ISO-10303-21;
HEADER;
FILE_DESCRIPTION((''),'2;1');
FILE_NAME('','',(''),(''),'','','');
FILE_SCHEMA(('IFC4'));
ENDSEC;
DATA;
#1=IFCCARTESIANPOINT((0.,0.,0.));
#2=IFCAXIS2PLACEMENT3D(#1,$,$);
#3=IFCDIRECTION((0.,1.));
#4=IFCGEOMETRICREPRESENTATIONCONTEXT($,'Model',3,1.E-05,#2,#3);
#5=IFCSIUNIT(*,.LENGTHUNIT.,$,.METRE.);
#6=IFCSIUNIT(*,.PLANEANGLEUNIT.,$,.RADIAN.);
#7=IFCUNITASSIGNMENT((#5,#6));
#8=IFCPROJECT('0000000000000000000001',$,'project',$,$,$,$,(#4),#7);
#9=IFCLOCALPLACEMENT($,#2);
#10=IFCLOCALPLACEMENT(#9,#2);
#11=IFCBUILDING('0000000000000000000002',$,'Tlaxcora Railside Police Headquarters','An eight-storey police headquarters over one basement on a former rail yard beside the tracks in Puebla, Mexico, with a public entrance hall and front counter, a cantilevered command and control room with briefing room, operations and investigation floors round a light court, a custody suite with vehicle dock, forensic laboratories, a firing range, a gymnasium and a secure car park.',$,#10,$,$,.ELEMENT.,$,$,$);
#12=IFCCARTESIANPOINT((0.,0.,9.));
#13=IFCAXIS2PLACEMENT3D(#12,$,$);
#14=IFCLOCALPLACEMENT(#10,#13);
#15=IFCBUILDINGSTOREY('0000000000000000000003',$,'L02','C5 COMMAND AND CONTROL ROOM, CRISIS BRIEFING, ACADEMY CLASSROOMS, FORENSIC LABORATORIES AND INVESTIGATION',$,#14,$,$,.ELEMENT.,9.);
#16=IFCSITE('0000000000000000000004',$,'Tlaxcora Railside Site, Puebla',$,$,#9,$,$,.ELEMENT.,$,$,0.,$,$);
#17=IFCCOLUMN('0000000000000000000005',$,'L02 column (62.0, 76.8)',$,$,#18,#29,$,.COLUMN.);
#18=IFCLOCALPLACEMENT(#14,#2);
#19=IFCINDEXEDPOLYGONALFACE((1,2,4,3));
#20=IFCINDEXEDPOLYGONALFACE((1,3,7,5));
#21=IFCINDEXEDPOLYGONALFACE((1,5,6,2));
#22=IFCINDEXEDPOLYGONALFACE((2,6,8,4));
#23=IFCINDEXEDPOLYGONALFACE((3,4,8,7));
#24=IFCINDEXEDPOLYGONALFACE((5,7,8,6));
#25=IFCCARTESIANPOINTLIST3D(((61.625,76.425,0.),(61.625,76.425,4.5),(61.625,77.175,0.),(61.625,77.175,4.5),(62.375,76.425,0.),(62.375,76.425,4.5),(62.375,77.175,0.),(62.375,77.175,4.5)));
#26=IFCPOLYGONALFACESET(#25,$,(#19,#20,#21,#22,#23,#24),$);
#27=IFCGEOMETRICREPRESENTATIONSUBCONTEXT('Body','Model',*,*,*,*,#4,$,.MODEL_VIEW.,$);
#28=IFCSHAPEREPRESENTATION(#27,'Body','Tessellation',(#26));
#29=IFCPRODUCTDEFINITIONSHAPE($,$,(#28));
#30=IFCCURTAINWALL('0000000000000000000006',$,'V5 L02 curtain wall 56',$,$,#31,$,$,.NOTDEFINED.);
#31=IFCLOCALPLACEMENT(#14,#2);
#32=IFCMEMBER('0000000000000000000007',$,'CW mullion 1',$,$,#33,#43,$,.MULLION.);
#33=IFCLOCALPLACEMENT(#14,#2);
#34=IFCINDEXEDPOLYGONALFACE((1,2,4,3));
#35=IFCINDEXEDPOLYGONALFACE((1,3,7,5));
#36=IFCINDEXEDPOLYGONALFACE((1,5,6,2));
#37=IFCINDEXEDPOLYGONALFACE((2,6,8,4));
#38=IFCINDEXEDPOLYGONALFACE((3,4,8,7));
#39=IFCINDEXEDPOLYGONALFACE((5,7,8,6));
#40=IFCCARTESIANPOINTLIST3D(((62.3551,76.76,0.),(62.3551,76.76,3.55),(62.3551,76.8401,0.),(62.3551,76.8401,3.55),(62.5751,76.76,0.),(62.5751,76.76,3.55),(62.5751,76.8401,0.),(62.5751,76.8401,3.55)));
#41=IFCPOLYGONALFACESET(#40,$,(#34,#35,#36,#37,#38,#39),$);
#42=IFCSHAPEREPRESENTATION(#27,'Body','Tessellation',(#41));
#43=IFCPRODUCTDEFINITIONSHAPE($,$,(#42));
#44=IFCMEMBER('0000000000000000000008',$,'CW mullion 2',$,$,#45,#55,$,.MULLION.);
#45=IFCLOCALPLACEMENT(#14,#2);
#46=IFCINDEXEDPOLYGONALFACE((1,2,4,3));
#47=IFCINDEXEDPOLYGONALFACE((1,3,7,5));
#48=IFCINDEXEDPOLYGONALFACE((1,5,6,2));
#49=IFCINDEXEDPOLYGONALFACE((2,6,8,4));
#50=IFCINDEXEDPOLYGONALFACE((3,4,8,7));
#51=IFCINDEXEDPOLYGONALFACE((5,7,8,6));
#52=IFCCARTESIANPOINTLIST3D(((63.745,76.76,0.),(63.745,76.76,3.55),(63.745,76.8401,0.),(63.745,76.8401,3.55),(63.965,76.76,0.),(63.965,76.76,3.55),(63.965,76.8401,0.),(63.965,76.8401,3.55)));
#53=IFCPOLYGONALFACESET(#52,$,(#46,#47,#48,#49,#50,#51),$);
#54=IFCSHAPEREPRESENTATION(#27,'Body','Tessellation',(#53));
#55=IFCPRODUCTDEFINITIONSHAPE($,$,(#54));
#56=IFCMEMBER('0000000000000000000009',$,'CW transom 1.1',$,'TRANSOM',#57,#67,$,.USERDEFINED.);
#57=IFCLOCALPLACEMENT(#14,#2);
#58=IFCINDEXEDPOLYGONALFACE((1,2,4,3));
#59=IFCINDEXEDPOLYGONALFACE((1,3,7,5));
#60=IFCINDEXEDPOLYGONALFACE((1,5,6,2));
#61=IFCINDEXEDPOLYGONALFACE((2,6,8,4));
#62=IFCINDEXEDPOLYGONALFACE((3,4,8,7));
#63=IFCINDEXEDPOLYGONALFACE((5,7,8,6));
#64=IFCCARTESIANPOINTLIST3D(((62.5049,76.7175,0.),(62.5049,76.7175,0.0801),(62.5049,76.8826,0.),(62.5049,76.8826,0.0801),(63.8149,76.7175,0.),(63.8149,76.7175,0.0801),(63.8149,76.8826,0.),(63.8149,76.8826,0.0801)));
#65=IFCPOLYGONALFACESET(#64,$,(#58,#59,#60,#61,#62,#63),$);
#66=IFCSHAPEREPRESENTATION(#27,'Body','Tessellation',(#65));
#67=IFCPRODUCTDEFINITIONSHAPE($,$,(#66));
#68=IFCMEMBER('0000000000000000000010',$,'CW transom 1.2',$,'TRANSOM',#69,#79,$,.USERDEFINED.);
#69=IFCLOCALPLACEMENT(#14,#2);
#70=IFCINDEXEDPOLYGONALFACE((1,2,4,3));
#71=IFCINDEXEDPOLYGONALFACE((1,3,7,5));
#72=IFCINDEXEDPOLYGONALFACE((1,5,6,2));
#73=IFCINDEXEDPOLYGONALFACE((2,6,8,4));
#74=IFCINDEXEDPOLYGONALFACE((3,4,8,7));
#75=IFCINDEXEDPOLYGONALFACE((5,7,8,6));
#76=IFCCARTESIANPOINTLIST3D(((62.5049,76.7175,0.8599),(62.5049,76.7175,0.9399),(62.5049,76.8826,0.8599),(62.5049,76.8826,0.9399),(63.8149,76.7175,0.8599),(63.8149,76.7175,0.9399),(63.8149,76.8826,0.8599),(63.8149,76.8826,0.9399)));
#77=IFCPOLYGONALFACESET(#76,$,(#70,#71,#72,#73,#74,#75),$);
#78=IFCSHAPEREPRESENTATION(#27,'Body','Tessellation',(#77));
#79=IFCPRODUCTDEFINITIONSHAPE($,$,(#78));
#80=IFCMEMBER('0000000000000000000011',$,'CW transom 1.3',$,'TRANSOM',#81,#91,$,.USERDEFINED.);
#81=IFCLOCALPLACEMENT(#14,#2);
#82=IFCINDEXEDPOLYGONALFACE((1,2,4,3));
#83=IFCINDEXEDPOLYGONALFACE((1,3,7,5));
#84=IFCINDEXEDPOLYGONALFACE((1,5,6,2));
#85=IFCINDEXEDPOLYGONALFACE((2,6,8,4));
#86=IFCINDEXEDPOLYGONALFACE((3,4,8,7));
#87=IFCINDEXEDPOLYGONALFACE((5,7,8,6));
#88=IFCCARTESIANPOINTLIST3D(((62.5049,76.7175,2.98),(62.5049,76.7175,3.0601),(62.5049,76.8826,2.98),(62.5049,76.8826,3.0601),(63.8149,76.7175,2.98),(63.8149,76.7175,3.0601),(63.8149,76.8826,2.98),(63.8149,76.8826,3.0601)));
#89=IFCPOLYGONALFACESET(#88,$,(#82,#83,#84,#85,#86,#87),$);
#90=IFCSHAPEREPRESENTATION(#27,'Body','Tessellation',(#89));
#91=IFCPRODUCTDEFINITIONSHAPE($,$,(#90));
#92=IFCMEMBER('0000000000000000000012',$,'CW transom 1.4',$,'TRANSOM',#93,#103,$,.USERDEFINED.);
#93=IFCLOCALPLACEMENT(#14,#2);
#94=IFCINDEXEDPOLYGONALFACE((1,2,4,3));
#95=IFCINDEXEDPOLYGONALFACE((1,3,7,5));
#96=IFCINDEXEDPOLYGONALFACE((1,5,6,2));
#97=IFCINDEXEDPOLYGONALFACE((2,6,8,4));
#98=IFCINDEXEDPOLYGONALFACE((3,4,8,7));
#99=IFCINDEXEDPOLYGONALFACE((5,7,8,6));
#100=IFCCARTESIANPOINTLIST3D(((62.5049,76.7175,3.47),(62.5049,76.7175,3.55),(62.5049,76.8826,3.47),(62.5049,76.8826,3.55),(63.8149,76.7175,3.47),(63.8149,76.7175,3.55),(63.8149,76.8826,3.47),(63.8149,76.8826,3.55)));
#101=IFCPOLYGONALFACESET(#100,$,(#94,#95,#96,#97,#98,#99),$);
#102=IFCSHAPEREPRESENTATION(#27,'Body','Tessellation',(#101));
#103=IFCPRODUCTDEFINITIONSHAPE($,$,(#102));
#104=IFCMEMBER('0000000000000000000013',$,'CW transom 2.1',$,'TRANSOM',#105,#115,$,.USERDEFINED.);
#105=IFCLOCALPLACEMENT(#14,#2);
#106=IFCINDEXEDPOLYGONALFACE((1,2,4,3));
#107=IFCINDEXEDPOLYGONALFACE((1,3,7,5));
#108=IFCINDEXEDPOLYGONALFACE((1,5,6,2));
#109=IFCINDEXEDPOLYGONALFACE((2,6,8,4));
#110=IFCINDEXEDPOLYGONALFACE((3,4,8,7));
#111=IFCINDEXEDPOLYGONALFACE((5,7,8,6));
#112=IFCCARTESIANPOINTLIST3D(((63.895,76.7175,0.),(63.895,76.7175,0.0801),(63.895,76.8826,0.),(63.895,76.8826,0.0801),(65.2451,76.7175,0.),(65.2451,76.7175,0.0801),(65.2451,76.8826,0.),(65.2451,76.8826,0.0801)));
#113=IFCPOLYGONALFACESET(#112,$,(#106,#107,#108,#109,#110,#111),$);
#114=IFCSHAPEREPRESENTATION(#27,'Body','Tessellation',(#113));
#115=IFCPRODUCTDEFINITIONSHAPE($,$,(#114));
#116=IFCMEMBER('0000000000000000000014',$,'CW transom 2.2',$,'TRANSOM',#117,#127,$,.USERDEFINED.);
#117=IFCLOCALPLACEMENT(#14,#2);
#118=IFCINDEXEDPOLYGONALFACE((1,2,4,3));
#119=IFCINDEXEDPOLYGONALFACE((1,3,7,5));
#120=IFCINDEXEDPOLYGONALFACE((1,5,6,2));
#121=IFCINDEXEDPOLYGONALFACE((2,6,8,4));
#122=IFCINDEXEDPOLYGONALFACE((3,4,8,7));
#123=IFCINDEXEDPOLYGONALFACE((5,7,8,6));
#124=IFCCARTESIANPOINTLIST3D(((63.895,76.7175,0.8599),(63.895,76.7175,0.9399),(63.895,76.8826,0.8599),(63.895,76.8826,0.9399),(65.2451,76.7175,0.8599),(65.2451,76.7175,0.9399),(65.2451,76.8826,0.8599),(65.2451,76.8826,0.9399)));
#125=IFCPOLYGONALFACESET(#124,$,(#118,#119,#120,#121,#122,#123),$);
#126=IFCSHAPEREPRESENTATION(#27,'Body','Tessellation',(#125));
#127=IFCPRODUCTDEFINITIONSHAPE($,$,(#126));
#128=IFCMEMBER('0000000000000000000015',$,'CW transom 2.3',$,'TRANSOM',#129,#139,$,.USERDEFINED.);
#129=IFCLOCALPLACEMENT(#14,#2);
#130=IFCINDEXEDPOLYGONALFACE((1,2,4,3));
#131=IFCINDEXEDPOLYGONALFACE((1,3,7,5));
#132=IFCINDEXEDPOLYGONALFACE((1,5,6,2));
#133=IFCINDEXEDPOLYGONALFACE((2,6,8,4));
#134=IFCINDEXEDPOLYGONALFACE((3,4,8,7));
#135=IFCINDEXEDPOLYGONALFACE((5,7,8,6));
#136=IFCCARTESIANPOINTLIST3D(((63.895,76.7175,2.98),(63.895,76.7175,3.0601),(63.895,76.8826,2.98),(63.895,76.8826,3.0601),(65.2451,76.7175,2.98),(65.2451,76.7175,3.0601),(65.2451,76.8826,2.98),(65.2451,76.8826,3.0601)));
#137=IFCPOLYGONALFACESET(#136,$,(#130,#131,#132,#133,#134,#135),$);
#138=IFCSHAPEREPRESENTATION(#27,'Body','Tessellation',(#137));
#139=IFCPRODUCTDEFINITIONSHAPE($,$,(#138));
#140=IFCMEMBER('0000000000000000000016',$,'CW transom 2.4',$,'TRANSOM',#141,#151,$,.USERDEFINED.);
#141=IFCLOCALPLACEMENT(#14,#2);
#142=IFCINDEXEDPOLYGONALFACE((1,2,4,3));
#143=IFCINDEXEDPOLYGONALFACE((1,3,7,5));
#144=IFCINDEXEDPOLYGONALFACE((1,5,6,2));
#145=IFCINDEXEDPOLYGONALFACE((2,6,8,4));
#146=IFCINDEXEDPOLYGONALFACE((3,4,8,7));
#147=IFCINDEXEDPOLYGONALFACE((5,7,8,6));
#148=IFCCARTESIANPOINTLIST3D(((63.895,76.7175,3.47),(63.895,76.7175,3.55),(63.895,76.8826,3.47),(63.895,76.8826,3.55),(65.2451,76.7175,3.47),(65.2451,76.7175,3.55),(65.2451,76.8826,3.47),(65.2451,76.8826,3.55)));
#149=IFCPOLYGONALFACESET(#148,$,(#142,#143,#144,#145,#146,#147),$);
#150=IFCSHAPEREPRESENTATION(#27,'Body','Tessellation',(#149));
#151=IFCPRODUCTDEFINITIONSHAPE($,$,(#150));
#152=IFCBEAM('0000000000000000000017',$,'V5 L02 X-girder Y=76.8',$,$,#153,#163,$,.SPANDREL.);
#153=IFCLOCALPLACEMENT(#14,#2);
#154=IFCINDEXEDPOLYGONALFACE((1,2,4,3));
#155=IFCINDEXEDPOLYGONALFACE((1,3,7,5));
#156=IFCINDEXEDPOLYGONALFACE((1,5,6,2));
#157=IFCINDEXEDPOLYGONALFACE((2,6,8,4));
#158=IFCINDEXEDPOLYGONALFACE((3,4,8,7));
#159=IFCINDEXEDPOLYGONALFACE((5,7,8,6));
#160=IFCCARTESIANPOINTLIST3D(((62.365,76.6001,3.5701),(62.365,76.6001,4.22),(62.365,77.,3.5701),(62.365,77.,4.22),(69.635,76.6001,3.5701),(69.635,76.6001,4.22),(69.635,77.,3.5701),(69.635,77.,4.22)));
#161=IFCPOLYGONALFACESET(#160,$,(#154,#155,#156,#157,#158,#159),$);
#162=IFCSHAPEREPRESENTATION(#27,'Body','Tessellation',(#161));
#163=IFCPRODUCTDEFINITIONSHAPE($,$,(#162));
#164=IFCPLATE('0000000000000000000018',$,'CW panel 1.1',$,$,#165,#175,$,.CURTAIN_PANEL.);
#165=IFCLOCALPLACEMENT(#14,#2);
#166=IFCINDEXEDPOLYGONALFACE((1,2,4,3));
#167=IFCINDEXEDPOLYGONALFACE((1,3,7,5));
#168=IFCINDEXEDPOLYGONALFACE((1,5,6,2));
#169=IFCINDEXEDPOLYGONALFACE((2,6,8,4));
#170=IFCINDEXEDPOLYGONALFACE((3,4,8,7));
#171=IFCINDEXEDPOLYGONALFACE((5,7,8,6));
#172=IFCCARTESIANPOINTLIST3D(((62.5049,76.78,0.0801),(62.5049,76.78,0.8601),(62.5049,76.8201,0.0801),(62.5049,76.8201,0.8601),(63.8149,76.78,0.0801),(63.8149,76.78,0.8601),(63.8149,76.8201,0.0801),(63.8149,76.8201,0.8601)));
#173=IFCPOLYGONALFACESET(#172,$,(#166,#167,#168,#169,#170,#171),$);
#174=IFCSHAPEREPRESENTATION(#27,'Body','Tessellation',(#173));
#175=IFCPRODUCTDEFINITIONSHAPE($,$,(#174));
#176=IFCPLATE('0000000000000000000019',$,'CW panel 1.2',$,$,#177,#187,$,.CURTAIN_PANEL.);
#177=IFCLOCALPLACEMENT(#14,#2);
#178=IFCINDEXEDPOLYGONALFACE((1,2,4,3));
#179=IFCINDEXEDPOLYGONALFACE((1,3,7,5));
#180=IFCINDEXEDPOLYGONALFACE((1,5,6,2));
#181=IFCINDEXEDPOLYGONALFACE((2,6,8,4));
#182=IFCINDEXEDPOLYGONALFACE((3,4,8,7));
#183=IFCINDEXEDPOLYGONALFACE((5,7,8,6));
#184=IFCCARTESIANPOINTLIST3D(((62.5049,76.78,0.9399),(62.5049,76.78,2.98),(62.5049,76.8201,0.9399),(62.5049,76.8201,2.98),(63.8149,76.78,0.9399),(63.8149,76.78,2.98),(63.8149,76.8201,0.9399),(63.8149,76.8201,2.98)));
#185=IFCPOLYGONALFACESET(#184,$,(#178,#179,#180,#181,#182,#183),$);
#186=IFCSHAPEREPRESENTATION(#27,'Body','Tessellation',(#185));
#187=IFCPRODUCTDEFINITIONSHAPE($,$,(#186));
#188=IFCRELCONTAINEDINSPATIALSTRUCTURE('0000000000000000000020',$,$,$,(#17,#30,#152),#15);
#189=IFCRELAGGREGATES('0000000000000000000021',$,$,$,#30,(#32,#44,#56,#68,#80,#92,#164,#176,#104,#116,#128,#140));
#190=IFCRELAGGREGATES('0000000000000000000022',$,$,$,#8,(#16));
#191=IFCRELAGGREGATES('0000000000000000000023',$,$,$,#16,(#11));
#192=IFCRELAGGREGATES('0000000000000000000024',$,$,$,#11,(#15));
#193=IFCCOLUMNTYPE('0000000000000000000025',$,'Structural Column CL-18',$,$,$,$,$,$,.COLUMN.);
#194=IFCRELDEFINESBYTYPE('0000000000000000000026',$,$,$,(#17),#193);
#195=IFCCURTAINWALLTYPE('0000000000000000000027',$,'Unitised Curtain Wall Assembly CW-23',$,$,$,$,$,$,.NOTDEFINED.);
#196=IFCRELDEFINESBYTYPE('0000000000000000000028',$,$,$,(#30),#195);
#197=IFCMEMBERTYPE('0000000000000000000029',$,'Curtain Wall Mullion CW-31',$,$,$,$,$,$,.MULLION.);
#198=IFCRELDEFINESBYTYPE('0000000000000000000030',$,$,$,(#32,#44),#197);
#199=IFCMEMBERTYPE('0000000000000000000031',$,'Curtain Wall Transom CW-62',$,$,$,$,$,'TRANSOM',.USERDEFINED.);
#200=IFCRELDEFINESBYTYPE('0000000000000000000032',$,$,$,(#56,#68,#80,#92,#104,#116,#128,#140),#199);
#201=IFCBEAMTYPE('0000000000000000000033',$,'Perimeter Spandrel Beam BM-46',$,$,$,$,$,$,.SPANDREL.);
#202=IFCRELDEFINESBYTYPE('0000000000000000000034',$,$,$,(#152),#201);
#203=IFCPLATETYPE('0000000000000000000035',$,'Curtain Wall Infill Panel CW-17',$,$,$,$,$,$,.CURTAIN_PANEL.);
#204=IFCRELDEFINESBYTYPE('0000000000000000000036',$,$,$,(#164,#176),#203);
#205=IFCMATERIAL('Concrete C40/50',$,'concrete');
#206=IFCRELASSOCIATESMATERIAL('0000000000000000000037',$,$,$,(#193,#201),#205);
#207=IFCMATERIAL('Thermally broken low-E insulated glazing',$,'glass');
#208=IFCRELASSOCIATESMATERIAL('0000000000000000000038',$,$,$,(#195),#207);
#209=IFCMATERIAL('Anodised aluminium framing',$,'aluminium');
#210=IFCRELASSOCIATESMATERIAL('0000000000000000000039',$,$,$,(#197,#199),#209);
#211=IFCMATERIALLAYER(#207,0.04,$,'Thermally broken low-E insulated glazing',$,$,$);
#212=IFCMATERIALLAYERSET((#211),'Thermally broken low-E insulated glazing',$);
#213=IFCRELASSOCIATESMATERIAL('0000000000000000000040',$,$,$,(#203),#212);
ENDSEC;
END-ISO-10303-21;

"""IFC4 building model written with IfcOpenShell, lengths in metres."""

from ifc_helpers import new_model, si_unit, direction, frame, origin, origin_2d, place, context, subcontext, project, spatial, rectangle, extrude, material, layer, layer_set, material_profile, profile_set, type_object, element, aggregate, save


model = new_model("IFC4")

# Units and contexts
model_context = context("Model", 3, precision=1e-05, world=origin(), true_north=direction((0.0, 1.0)))
body_context = subcontext(model_context, "Body", "Model", "MODEL_VIEW")
ifc_project = project(units=[si_unit("LENGTHUNIT", "METRE"), si_unit("PLANEANGLEUNIT", "RADIAN")], contexts=[model_context])

# Site, building, storey
site_placement = place(None, origin())
site = spatial("IfcSite", under=ifc_project, at=site_placement, Name="Tlaxcora Railside Site, Puebla", CompositionType="ELEMENT", RefElevation=0.0)
building_placement = place(site_placement, origin())
building = spatial("IfcBuilding", under=site, at=building_placement, Name="Tlaxcora Railside Police Headquarters", Description="An eight-storey police headquarters over one basement on a former rail yard beside the tracks in Puebla, Mexico, with a public entrance hall and front counter, a cantilevered command and control room with briefing room, operations and investigation floors round a light court, a custody suite with vehicle dock, forensic laboratories, a firing range, a gymnasium and a secure car park.", CompositionType="ELEMENT")
storey_placement = place(building_placement, frame((0.0, 0.0, 9.0)))
storey = spatial("IfcBuildingStorey", under=building, at=storey_placement, Name="L02", Description="C5 COMMAND AND CONTROL ROOM, CRISIS BRIEFING, ACADEMY CLASSROOMS, FORENSIC LABORATORIES AND INVESTIGATION", CompositionType="ELEMENT", Elevation=9.0)

# Column
ifc_material_1 = material(Name="Concrete C40/50", Category="concrete")
ifc_material_profile_1 = material_profile(ifc_material_1, rectangle(XDim=0.75, YDim=0.75, at=origin_2d()), Name="RC750X750")
ifc_profile_set_1 = profile_set([ifc_material_profile_1], Name="Concrete C40/50")
column_type = type_object("IfcColumnType", Name="Structural Column CL-18", PredefinedType="COLUMN", material=ifc_profile_set_1)
column_placement = place(storey_placement, frame((62.0, 76.8, 0.0), z_axis=(0.0, 0.0, 1.0), x_axis=(1.0, 0.0, 0.0)))
element("IfcColumn", 1, at=column_placement, inside=storey, type_object=column_type, Name="L02 column (62.0, 76.8)", PredefinedType="COLUMN", context=body_context, shape_type="SweptSolid", body=[
    extrude(rectangle(XDim=0.75, YDim=0.75, at=origin_2d()), origin(), (0.0, 0.0, 1.0), 4.5),
])

# Curtain wall, members
ifc_material_2 = material(Name="Thermally broken low-E insulated glazing", Category="glass")
curtain_wall_type = type_object("IfcCurtainWallType", Name="Unitised Curtain Wall Assembly CW-23", PredefinedType="NOTDEFINED", material=ifc_material_2)
curtain_wall_placement = place(storey_placement, origin())
curtain_wall = element("IfcCurtainWall", 2, at=curtain_wall_placement, inside=storey, type_object=curtain_wall_type, Name="V5 L02 curtain wall 56", PredefinedType="NOTDEFINED")
ifc_material_3 = material(Name="Anodised aluminium framing", Category="aluminium")
ifc_material_profile_2 = material_profile(ifc_material_3, rectangle(XDim=0.0801, YDim=0.22, at=origin_2d()), Name="AL80X220")
ifc_profile_set_2 = profile_set([ifc_material_profile_2], Name="Anodised aluminium framing")
member_type_1 = type_object("IfcMemberType", Name="Curtain Wall Mullion CW-31", PredefinedType="MULLION", material=ifc_profile_set_2)
member_1_placement = place(storey_placement, frame((62.4651, 76.8, 0.0), z_axis=(0.0, 0.0, 1.0), x_axis=(0.0, 1.0, 0.0)))
member_1 = element("IfcMember", 3, at=member_1_placement, type_object=member_type_1, Name="CW mullion 1", PredefinedType="MULLION", context=body_context, shape_type="SweptSolid", body=[
    extrude(rectangle(XDim=0.0801, YDim=0.22, at=origin_2d()), origin(), (0.0, 0.0, 1.0), 3.55),
])
member_2_placement = place(storey_placement, frame((63.855, 76.8, 0.0), z_axis=(0.0, 0.0, 1.0), x_axis=(0.0, 1.0, 0.0)))
member_2 = element("IfcMember", 4, at=member_2_placement, type_object=member_type_1, Name="CW mullion 2", PredefinedType="MULLION", context=body_context, shape_type="SweptSolid", body=[
    extrude(rectangle(XDim=0.0801, YDim=0.22, at=origin_2d()), origin(), (0.0, 0.0, 1.0), 3.55),
])
ifc_material_profile_3 = material_profile(ifc_material_3, rectangle(XDim=0.165, YDim=0.0801, at=origin_2d()), Name="AL80X165")
ifc_profile_set_3 = profile_set([ifc_material_profile_3], Name="Anodised aluminium framing")
member_type_2 = type_object("IfcMemberType", Name="Curtain Wall Transom CW-62", ElementType="TRANSOM", PredefinedType="USERDEFINED", material=ifc_profile_set_3)
member_3_placement = place(storey_placement, frame((62.5049, 76.8, 0.04), z_axis=(1.0, 0.0, 0.0), x_axis=(0.0, 1.0, 0.0)))
member_3 = element("IfcMember", 5, at=member_3_placement, type_object=member_type_2, Name="CW transom 1.1", ObjectType="TRANSOM", PredefinedType="USERDEFINED", context=body_context, shape_type="SweptSolid", body=[
    extrude(rectangle(XDim=0.165, YDim=0.0801, at=origin_2d()), origin(), (0.0, 0.0, 1.0), 1.3101),
])
member_4_placement = place(storey_placement, frame((62.5049, 76.8, 0.8999), z_axis=(1.0, 0.0, 0.0), x_axis=(0.0, 1.0, 0.0)))
member_4 = element("IfcMember", 6, at=member_4_placement, type_object=member_type_2, Name="CW transom 1.2", ObjectType="TRANSOM", PredefinedType="USERDEFINED", context=body_context, shape_type="SweptSolid", body=[
    extrude(rectangle(XDim=0.165, YDim=0.0801, at=origin_2d()), origin(), (0.0, 0.0, 1.0), 1.3101),
])
member_5_placement = place(storey_placement, frame((62.5049, 76.8, 3.02), z_axis=(1.0, 0.0, 0.0), x_axis=(0.0, 1.0, 0.0)))
member_5 = element("IfcMember", 7, at=member_5_placement, type_object=member_type_2, Name="CW transom 1.3", ObjectType="TRANSOM", PredefinedType="USERDEFINED", context=body_context, shape_type="SweptSolid", body=[
    extrude(rectangle(XDim=0.165, YDim=0.0801, at=origin_2d()), origin(), (0.0, 0.0, 1.0), 1.3101),
])
member_6_placement = place(storey_placement, frame((62.5049, 76.8, 3.51), z_axis=(1.0, 0.0, 0.0), x_axis=(0.0, 1.0, 0.0)))
member_6 = element("IfcMember", 8, at=member_6_placement, type_object=member_type_2, Name="CW transom 1.4", ObjectType="TRANSOM", PredefinedType="USERDEFINED", context=body_context, shape_type="SweptSolid", body=[
    extrude(rectangle(XDim=0.165, YDim=0.0801, at=origin_2d()), origin(), (0.0, 0.0, 1.0), 1.3101),
])
member_7_placement = place(storey_placement, frame((63.895, 76.8, 0.04), z_axis=(1.0, 0.0, 0.0), x_axis=(0.0, 1.0, 0.0)))
member_7 = element("IfcMember", 9, at=member_7_placement, type_object=member_type_2, Name="CW transom 2.1", ObjectType="TRANSOM", PredefinedType="USERDEFINED", context=body_context, shape_type="SweptSolid", body=[
    extrude(rectangle(XDim=0.165, YDim=0.0801, at=origin_2d()), origin(), (0.0, 0.0, 1.0), 1.3501),
])
member_8_placement = place(storey_placement, frame((63.895, 76.8, 0.8999), z_axis=(1.0, 0.0, 0.0), x_axis=(0.0, 1.0, 0.0)))
member_8 = element("IfcMember", 10, at=member_8_placement, type_object=member_type_2, Name="CW transom 2.2", ObjectType="TRANSOM", PredefinedType="USERDEFINED", context=body_context, shape_type="SweptSolid", body=[
    extrude(rectangle(XDim=0.165, YDim=0.0801, at=origin_2d()), origin(), (0.0, 0.0, 1.0), 1.3501),
])
member_9_placement = place(storey_placement, frame((63.895, 76.8, 3.02), z_axis=(1.0, 0.0, 0.0), x_axis=(0.0, 1.0, 0.0)))
member_9 = element("IfcMember", 11, at=member_9_placement, type_object=member_type_2, Name="CW transom 2.3", ObjectType="TRANSOM", PredefinedType="USERDEFINED", context=body_context, shape_type="SweptSolid", body=[
    extrude(rectangle(XDim=0.165, YDim=0.0801, at=origin_2d()), origin(), (0.0, 0.0, 1.0), 1.3501),
])
member_10_placement = place(storey_placement, frame((63.895, 76.8, 3.51), z_axis=(1.0, 0.0, 0.0), x_axis=(0.0, 1.0, 0.0)))
member_10 = element("IfcMember", 12, at=member_10_placement, type_object=member_type_2, Name="CW transom 2.4", ObjectType="TRANSOM", PredefinedType="USERDEFINED", context=body_context, shape_type="SweptSolid", body=[
    extrude(rectangle(XDim=0.165, YDim=0.0801, at=origin_2d()), origin(), (0.0, 0.0, 1.0), 1.3501),
])

# Beam
ifc_material_profile_4 = material_profile(ifc_material_1, rectangle(XDim=0.3999, YDim=0.6499, at=origin_2d()), Name="RC400X650")
ifc_profile_set_4 = profile_set([ifc_material_profile_4], Name="Concrete C40/50")
beam_type = type_object("IfcBeamType", Name="Perimeter Spandrel Beam BM-46", PredefinedType="SPANDREL", material=ifc_profile_set_4)
beam_placement = place(storey_placement, frame((62.365, 76.8, 3.895), z_axis=(1.0, 0.0, 0.0), x_axis=(0.0, 1.0, 0.0)))
element("IfcBeam", 13, at=beam_placement, inside=storey, type_object=beam_type, Name="V5 L02 X-girder Y=76.8", PredefinedType="SPANDREL", context=body_context, shape_type="SweptSolid", body=[
    extrude(rectangle(XDim=0.3999, YDim=0.6499, at=origin_2d()), origin(), (0.0, 0.0, 1.0), 7.27),
])

# Plates
ifc_layer_1 = layer(ifc_material_2, 0.04, Name="Thermally broken low-E insulated glazing")
ifc_layer_set_1 = layer_set([ifc_layer_1], Name="Thermally broken low-E insulated glazing")
plate_type = type_object("IfcPlateType", Name="Curtain Wall Infill Panel CW-17", PredefinedType="CURTAIN_PANEL", material=ifc_layer_set_1)
plate_1_placement = place(storey_placement, frame((63.1599, 76.8, 0.0801), z_axis=(0.0, 0.0, 1.0), x_axis=(1.0, 0.0, 0.0)))
plate_1 = element("IfcPlate", 14, at=plate_1_placement, type_object=plate_type, Name="CW panel 1.1", PredefinedType="CURTAIN_PANEL", context=body_context, shape_type="SweptSolid", body=[
    extrude(rectangle(XDim=1.3101, YDim=0.04, at=origin_2d()), origin(), (0.0, 0.0, 1.0), 0.78),
])
plate_2_placement = place(storey_placement, frame((63.1599, 76.8, 0.9399), z_axis=(0.0, 0.0, 1.0), x_axis=(1.0, 0.0, 0.0)))
plate_2 = element("IfcPlate", 15, at=plate_2_placement, type_object=plate_type, Name="CW panel 1.2", PredefinedType="CURTAIN_PANEL", context=body_context, shape_type="SweptSolid", body=[
    extrude(rectangle(XDim=1.3101, YDim=0.04, at=origin_2d()), origin(), (0.0, 0.0, 1.0), 2.04),
])
aggregate(curtain_wall, [member_1, member_2, member_3, member_4, member_5, member_6, plate_1, plate_2, member_7, member_8, member_9, member_10])

save(model, "model.ifc")
